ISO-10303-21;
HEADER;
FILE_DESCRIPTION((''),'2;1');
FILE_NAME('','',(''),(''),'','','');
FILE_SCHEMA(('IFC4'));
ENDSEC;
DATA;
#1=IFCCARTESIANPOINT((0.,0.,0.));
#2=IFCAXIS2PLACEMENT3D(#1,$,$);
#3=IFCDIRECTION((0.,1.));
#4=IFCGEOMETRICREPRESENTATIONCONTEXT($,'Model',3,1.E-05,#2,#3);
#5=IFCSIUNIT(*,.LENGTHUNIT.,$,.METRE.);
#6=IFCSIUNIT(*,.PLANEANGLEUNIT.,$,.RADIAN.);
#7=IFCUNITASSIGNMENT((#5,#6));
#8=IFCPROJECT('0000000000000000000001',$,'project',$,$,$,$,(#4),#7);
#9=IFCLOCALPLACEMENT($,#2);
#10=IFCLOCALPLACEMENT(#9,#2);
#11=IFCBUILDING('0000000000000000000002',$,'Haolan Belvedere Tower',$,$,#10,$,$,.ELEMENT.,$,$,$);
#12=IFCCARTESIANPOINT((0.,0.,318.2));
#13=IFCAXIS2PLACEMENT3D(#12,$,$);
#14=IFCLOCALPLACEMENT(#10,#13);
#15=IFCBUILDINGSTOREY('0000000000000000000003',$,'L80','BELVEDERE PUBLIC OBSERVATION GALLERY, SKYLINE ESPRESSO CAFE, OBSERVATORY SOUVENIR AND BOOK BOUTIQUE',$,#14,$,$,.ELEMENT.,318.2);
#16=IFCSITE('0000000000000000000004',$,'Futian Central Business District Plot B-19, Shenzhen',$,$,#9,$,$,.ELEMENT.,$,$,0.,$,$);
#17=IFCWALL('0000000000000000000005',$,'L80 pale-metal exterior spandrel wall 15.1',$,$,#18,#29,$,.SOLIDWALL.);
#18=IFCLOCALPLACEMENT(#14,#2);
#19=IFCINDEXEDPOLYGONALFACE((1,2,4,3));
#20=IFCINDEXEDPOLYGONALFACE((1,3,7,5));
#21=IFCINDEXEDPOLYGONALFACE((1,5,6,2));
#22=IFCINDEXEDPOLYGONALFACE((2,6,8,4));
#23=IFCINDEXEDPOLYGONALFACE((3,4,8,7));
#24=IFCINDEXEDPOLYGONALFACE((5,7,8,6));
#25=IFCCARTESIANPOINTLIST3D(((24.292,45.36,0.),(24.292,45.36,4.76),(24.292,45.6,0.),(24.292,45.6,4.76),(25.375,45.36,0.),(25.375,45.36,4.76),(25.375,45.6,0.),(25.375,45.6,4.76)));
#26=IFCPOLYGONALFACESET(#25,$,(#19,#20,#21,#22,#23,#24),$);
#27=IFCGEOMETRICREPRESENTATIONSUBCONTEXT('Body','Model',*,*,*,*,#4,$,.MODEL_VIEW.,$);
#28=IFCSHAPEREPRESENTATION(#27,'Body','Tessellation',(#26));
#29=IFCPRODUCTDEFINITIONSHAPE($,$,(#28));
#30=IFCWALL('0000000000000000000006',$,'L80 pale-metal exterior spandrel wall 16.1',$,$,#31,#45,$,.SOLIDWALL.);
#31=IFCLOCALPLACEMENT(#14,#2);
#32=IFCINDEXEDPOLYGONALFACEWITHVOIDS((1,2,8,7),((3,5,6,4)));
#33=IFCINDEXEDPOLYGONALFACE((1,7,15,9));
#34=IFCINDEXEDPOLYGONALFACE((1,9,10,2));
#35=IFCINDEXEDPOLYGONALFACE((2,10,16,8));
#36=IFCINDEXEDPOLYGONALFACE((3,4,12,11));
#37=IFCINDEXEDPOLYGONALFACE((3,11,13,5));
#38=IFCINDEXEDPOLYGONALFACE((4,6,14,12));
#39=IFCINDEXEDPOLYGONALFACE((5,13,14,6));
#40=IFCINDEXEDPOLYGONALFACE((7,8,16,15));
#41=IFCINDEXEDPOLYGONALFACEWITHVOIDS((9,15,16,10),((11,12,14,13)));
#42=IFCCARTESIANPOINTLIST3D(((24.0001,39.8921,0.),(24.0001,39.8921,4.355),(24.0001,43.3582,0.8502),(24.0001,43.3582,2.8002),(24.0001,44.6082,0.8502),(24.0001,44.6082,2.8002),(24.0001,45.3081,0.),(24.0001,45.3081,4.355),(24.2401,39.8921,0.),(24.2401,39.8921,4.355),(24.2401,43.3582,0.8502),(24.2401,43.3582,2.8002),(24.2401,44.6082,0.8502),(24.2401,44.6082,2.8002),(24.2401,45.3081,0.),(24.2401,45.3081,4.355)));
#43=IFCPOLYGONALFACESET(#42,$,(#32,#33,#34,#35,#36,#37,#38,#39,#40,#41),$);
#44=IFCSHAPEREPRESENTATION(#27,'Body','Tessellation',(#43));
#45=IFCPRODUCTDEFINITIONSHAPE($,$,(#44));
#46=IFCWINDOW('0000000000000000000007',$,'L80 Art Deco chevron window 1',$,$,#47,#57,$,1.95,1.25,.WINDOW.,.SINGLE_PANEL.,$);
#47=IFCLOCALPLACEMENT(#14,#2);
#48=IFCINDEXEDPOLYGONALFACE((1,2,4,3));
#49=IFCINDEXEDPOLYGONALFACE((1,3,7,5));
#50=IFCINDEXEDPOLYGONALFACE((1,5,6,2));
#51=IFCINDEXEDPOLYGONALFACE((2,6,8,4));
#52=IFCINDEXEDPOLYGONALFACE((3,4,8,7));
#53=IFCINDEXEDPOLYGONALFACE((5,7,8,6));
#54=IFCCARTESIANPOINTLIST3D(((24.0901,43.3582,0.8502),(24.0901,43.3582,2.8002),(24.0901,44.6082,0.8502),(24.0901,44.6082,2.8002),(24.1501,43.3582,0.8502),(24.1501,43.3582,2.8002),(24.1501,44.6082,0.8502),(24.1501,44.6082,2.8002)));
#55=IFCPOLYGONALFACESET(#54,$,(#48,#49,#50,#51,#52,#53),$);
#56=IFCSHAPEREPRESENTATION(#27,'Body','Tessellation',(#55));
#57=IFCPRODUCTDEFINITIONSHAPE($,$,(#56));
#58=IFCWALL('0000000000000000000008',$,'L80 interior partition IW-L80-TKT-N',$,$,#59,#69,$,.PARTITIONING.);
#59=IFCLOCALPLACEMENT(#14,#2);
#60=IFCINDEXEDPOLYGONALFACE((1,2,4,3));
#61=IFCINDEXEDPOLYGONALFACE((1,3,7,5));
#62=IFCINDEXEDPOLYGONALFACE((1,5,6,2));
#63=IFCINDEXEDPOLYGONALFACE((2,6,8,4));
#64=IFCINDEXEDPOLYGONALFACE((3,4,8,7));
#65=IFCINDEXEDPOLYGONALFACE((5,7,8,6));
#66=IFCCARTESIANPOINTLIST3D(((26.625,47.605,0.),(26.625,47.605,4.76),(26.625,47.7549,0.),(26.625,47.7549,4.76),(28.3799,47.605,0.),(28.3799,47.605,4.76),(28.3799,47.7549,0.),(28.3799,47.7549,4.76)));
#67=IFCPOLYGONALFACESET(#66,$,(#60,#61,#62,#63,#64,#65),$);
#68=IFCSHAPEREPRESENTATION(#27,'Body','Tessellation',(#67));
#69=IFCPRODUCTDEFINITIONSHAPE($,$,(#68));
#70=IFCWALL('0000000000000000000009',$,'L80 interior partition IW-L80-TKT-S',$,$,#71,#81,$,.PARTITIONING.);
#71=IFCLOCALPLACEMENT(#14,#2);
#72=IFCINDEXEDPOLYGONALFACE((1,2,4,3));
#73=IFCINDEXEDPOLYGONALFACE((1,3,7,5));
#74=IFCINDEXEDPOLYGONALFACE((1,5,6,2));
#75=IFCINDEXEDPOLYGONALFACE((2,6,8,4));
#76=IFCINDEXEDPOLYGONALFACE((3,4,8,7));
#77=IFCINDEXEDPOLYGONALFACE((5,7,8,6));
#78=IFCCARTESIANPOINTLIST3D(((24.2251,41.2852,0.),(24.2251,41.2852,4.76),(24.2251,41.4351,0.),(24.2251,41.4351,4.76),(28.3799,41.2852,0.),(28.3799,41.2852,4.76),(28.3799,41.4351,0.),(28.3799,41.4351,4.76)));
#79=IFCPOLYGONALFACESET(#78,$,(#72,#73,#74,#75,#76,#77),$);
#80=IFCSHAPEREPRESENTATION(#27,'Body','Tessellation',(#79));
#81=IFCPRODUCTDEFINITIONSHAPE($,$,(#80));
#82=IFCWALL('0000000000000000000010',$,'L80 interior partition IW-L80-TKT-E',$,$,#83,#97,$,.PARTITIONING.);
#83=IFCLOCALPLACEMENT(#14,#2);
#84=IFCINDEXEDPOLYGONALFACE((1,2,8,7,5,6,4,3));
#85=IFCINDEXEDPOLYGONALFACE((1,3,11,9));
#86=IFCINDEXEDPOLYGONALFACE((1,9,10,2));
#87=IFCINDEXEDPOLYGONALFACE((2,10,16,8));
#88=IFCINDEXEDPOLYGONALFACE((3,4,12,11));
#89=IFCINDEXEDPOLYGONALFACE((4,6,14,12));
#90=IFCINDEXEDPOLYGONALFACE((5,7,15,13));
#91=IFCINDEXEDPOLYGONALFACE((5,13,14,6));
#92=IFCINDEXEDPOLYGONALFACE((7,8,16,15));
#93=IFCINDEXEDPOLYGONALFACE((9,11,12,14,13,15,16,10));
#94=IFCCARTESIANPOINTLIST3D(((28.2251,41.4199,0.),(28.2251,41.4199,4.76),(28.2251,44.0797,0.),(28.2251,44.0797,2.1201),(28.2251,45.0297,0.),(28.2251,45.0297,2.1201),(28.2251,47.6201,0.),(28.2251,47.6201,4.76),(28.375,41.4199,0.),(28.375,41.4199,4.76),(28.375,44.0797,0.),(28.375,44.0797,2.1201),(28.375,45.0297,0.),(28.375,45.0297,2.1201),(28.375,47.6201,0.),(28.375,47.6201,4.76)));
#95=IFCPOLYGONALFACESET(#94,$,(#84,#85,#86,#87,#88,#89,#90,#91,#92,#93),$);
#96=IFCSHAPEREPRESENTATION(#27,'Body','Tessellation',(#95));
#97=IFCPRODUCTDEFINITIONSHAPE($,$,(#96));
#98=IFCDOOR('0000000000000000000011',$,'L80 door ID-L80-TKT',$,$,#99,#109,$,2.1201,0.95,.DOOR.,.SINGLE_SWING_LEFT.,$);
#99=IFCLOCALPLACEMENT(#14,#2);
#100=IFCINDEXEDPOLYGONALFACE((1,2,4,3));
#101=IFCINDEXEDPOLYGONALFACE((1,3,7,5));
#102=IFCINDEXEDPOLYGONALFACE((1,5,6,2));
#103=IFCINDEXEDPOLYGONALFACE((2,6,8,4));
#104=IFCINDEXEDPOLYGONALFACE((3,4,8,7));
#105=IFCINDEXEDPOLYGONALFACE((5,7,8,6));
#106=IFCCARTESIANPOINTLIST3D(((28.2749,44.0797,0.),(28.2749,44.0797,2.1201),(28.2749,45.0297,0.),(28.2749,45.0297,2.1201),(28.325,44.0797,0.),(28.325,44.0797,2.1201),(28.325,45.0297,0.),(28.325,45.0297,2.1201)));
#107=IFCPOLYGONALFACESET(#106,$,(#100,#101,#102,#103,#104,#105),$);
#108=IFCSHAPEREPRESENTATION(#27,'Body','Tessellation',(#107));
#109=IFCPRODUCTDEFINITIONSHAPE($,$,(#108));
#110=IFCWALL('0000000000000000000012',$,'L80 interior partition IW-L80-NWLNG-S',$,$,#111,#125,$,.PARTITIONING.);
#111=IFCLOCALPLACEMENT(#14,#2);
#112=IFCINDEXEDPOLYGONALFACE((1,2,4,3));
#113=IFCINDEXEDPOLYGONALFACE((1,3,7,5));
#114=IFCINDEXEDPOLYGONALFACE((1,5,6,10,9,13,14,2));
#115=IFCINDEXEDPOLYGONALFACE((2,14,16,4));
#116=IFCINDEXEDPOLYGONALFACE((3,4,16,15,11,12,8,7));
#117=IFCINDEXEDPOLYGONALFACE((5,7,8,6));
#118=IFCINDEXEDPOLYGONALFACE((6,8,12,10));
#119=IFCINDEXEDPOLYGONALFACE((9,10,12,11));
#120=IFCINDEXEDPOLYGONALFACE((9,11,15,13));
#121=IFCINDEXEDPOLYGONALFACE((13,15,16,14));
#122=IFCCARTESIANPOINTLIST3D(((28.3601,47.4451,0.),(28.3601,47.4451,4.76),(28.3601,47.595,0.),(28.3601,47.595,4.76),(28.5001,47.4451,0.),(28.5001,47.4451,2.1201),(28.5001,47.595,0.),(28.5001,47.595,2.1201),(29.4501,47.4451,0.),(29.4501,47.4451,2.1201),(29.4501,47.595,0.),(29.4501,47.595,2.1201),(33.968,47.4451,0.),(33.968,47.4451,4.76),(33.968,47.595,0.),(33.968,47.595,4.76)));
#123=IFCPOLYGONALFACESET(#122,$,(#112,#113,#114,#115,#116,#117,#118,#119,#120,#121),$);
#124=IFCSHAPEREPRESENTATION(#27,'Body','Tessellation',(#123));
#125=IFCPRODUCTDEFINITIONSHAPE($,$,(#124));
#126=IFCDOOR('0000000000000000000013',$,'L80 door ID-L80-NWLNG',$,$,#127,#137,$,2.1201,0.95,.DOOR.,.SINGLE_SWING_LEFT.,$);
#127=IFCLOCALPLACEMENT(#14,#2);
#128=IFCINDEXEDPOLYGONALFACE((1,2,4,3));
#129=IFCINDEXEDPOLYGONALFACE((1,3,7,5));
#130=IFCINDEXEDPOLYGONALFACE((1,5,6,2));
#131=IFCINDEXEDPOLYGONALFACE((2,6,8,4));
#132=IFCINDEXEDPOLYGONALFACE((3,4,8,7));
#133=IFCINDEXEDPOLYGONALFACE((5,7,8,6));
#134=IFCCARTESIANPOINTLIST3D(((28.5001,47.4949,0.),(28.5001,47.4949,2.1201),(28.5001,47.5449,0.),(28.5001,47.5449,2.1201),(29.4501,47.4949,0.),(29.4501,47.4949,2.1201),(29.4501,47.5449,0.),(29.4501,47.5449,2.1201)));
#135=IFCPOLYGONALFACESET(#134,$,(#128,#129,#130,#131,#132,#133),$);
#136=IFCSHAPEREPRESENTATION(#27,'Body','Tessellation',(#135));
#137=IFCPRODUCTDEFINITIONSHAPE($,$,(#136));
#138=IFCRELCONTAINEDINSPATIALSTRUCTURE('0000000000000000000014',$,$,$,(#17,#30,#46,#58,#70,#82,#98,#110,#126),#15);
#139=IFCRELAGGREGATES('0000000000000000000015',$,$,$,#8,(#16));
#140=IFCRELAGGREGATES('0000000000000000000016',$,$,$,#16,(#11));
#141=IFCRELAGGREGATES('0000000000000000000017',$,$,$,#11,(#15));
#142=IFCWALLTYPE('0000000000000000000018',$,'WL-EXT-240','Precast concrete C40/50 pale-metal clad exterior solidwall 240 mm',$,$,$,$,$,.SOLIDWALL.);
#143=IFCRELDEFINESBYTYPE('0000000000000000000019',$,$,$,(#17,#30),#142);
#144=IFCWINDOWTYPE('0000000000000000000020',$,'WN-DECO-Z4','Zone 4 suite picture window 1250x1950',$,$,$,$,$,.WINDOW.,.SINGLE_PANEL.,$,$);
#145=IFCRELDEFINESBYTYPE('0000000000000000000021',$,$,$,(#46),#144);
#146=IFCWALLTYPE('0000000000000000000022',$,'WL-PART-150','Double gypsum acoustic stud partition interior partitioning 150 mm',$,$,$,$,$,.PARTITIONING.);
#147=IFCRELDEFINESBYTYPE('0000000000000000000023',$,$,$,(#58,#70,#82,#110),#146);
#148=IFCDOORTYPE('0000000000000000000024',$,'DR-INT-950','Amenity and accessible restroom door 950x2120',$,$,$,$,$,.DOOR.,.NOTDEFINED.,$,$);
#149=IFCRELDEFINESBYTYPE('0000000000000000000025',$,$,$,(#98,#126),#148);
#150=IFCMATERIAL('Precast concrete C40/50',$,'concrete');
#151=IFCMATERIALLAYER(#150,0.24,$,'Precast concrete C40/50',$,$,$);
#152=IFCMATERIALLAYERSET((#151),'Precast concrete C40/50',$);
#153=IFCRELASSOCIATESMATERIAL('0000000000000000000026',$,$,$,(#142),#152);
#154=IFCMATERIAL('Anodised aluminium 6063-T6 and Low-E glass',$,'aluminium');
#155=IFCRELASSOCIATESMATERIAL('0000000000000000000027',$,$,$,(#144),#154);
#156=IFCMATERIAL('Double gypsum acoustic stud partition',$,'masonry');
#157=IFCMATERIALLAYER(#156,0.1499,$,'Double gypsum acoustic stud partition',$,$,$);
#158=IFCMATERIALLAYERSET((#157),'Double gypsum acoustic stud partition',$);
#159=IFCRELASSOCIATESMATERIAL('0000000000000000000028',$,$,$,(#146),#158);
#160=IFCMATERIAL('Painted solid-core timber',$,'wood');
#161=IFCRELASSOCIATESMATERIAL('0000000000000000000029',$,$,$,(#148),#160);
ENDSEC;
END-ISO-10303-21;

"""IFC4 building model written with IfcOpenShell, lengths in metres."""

from ifc_helpers import new_model, si_unit, direction, frame, frame_2d, origin, place, context, subcontext, project, spatial, rectangle, extrude, material, layer, layer_set, type_object, element, fill, save


model = new_model("IFC4")

# Units and contexts
model_context = context("Model", 3, precision=1e-05, world=origin(), true_north=direction((0.0, 1.0)))
body_context = subcontext(model_context, "Body", "Model", "MODEL_VIEW")
ifc_project = project(units=[si_unit("LENGTHUNIT", "METRE"), si_unit("PLANEANGLEUNIT", "RADIAN")], contexts=[model_context])

# Site, building, storey
site_placement = place(None, origin())
site = spatial("IfcSite", under=ifc_project, at=site_placement, Name="Futian Central Business District Plot B-19, Shenzhen", CompositionType="ELEMENT", RefElevation=0.0)
building_placement = place(site_placement, origin())
building = spatial("IfcBuilding", under=site, at=building_placement, Name="Haolan Belvedere Tower", CompositionType="ELEMENT")
storey_placement = place(building_placement, frame((0.0, 0.0, 318.2)))
storey = spatial("IfcBuildingStorey", under=building, at=storey_placement, Name="L80", Description="BELVEDERE PUBLIC OBSERVATION GALLERY, SKYLINE ESPRESSO CAFE, OBSERVATORY SOUVENIR AND BOOK BOUTIQUE", CompositionType="ELEMENT", Elevation=318.2)

# Wall
ifc_material_1 = material(Name="Precast concrete C40/50", Category="concrete")
ifc_layer_1 = layer(ifc_material_1, 0.24, Name="Precast concrete C40/50")
ifc_layer_set_1 = layer_set([ifc_layer_1], Name="Precast concrete C40/50")
wall_type_1 = type_object("IfcWallType", Name="WL-EXT-240", Description="Precast concrete C40/50 pale-metal clad exterior solidwall 240 mm", PredefinedType="SOLIDWALL", material=ifc_layer_set_1)
wall_1_placement = place(storey_placement, frame((25.375, 45.48, 0.0), z_axis=(0.0, 0.0, 1.0), x_axis=(-1.0, 0.0, 0.0)))
element("IfcWall", 1, at=wall_1_placement, inside=storey, type_object=wall_type_1, Name="L80 pale-metal exterior spandrel wall 15.1", PredefinedType="SOLIDWALL", context=body_context, shape_type="SweptSolid", body=[
    extrude(rectangle(XDim=1.083, YDim=0.24, at=frame_2d((0.5415, 0.0))), origin(), (0.0, 0.0, 1.0), 4.76),
])

# Wall, opening, window
wall_2_placement = place(storey_placement, frame((24.1201, 45.3081, 0.0), z_axis=(0.0, 0.0, 1.0), x_axis=(0.0, -1.0, 0.0)))
wall_2 = element("IfcWall", 2, at=wall_2_placement, inside=storey, type_object=wall_type_1, Name="L80 pale-metal exterior spandrel wall 16.1", PredefinedType="SOLIDWALL", context=body_context, shape_type="SweptSolid", body=[
    extrude(rectangle(XDim=5.416, YDim=0.24, at=frame_2d((2.708, 0.0))), origin(), (0.0, 0.0, 1.0), 4.355),
])
opening_1_placement = place(wall_2_placement, frame((0.7, 0.0, 0.8501)))
opening_1 = element("IfcOpeningElement", 3, at=opening_1_placement, cuts=wall_2, PredefinedType="OPENING", context=body_context, shape_type="SweptSolid", body=[
    extrude(rectangle(XDim=1.25, YDim=1.95, at=frame_2d((0.625, 0.9751))), frame((0.0, 0.1299, 0.0), z_axis=(0.0, -1.0, 0.0), x_axis=(1.0, 0.0, 0.0)), (0.0, 0.0, 1.0), 0.26),
])
ifc_material_2 = material(Name="Anodised aluminium 6063-T6 and Low-E glass", Category="aluminium")
window_type = type_object("IfcWindowType", Name="WN-DECO-Z4", Description="Zone 4 suite picture window 1250x1950", PartitioningType="SINGLE_PANEL", PredefinedType="WINDOW", material=ifc_material_2)
window_placement = place(opening_1_placement, origin())
window = element("IfcWindow", 4, at=window_placement, inside=storey, type_object=window_type, Name="L80 Art Deco chevron window 1", OverallHeight=1.95, OverallWidth=1.25, PartitioningType="SINGLE_PANEL", PredefinedType="WINDOW", context=body_context, shape_type="SweptSolid", body=[
    extrude(rectangle(XDim=1.25, YDim=1.95, at=frame_2d((0.625, 0.9751))), frame((0.0, 0.03, 0.0), z_axis=(0.0, -1.0, 0.0), x_axis=(1.0, 0.0, 0.0)), (0.0, 0.0, 1.0), 0.0601),
])
fill(opening_1, window)

# Walls
ifc_material_3 = material(Name="Double gypsum acoustic stud partition", Category="masonry")
ifc_layer_2 = layer(ifc_material_3, 0.1499, Name="Double gypsum acoustic stud partition")
ifc_layer_set_2 = layer_set([ifc_layer_2], Name="Double gypsum acoustic stud partition")
wall_type_2 = type_object("IfcWallType", Name="WL-PART-150", Description="Double gypsum acoustic stud partition interior partitioning 150 mm", PredefinedType="PARTITIONING", material=ifc_layer_set_2)
wall_3_placement = place(storey_placement, frame((26.625, 47.6799, 0.0), z_axis=(0.0, 0.0, 1.0), x_axis=(1.0, 0.0, 0.0)))
element("IfcWall", 5, at=wall_3_placement, inside=storey, type_object=wall_type_2, Name="L80 interior partition IW-L80-TKT-N", PredefinedType="PARTITIONING", context=body_context, shape_type="SweptSolid", body=[
    extrude(rectangle(XDim=1.7549, YDim=0.1499, at=frame_2d((0.8774, 0.0))), origin(), (0.0, 0.0, 1.0), 4.76),
])
wall_4_placement = place(storey_placement, frame((24.2251, 41.3601, 0.0), z_axis=(0.0, 0.0, 1.0), x_axis=(1.0, 0.0, 0.0)))
element("IfcWall", 6, at=wall_4_placement, inside=storey, type_object=wall_type_2, Name="L80 interior partition IW-L80-TKT-S", PredefinedType="PARTITIONING", context=body_context, shape_type="SweptSolid", body=[
    extrude(rectangle(XDim=4.1548, YDim=0.1499, at=frame_2d((2.0774, 0.0))), origin(), (0.0, 0.0, 1.0), 4.76),
])

# Walls, openings, doors
wall_5_placement = place(storey_placement, frame((28.3, 41.4199, 0.0), z_axis=(0.0, 0.0, 1.0), x_axis=(0.0, 1.0, 0.0)))
wall_5 = element("IfcWall", 7, at=wall_5_placement, inside=storey, type_object=wall_type_2, Name="L80 interior partition IW-L80-TKT-E", PredefinedType="PARTITIONING", context=body_context, shape_type="SweptSolid", body=[
    extrude(rectangle(XDim=6.2002, YDim=0.1499, at=frame_2d((3.1001, 0.0))), origin(), (0.0, 0.0, 1.0), 4.76),
])
opening_2_placement = place(wall_5_placement, frame((3.6099, 0.0, 0.0), z_axis=(0.0, 0.0, 1.0), x_axis=(-1.0, 0.0, 0.0)))
opening_2 = element("IfcOpeningElement", 8, at=opening_2_placement, cuts=wall_5, PredefinedType="OPENING", context=body_context, shape_type="SweptSolid", body=[
    extrude(rectangle(XDim=0.95, YDim=2.1201, at=frame_2d((0.4751, 1.0601))), frame((0.0, 0.085, 0.0), z_axis=(0.0, -1.0, 0.0), x_axis=(1.0, 0.0, 0.0)), (0.0, 0.0, 1.0), 0.1699),
])
ifc_material_4 = material(Name="Painted solid-core timber", Category="wood")
door_type_1 = type_object("IfcDoorType", Name="DR-INT-950", Description="Amenity and accessible restroom door 950x2120", OperationType="NOTDEFINED", PredefinedType="DOOR", material=ifc_material_4)
door_1_placement = place(opening_2_placement, origin())
door_1 = element("IfcDoor", 9, at=door_1_placement, inside=storey, type_object=door_type_1, Name="L80 door ID-L80-TKT", OperationType="SINGLE_SWING_LEFT", OverallHeight=2.1201, OverallWidth=0.95, PredefinedType="DOOR", context=body_context, shape_type="SweptSolid", body=[
    extrude(rectangle(XDim=0.95, YDim=2.1201, at=frame_2d((0.4751, 1.0601))), frame((0.0, 0.0249, 0.0), z_axis=(0.0, -1.0, 0.0), x_axis=(1.0, 0.0, 0.0)), (0.0, 0.0, 1.0), 0.05),
])
fill(opening_2, door_1)
wall_6_placement = place(storey_placement, frame((28.3601, 47.52, 0.0), z_axis=(0.0, 0.0, 1.0), x_axis=(1.0, 0.0, 0.0)))
wall_6 = element("IfcWall", 10, at=wall_6_placement, inside=storey, type_object=wall_type_2, Name="L80 interior partition IW-L80-NWLNG-S", PredefinedType="PARTITIONING", context=body_context, shape_type="SweptSolid", body=[
    extrude(rectangle(XDim=5.6079, YDim=0.1499, at=frame_2d((2.804, 0.0))), origin(), (0.0, 0.0, 1.0), 4.76),
])
opening_3_placement = place(wall_6_placement, frame((0.1399, 0.0, 0.0)))
opening_3 = element("IfcOpeningElement", 11, at=opening_3_placement, cuts=wall_6, PredefinedType="OPENING", context=body_context, shape_type="SweptSolid", body=[
    extrude(rectangle(XDim=0.95, YDim=2.1201, at=frame_2d((0.4751, 1.0601))), frame((0.0, 0.085, 0.0), z_axis=(0.0, -1.0, 0.0), x_axis=(1.0, 0.0, 0.0)), (0.0, 0.0, 1.0), 0.1699),
])
door_2_placement = place(opening_3_placement, origin())
door_2 = element("IfcDoor", 12, at=door_2_placement, inside=storey, type_object=door_type_1, Name="L80 door ID-L80-NWLNG", OperationType="SINGLE_SWING_LEFT", OverallHeight=2.1201, OverallWidth=0.95, PredefinedType="DOOR", context=body_context, shape_type="SweptSolid", body=[
    extrude(rectangle(XDim=0.95, YDim=2.1201, at=frame_2d((0.4751, 1.0601))), frame((0.0, 0.0249, 0.0), z_axis=(0.0, -1.0, 0.0), x_axis=(1.0, 0.0, 0.0)), (0.0, 0.0, 1.0), 0.05),
])
fill(opening_3, door_2)

save(model, "model.ifc")
